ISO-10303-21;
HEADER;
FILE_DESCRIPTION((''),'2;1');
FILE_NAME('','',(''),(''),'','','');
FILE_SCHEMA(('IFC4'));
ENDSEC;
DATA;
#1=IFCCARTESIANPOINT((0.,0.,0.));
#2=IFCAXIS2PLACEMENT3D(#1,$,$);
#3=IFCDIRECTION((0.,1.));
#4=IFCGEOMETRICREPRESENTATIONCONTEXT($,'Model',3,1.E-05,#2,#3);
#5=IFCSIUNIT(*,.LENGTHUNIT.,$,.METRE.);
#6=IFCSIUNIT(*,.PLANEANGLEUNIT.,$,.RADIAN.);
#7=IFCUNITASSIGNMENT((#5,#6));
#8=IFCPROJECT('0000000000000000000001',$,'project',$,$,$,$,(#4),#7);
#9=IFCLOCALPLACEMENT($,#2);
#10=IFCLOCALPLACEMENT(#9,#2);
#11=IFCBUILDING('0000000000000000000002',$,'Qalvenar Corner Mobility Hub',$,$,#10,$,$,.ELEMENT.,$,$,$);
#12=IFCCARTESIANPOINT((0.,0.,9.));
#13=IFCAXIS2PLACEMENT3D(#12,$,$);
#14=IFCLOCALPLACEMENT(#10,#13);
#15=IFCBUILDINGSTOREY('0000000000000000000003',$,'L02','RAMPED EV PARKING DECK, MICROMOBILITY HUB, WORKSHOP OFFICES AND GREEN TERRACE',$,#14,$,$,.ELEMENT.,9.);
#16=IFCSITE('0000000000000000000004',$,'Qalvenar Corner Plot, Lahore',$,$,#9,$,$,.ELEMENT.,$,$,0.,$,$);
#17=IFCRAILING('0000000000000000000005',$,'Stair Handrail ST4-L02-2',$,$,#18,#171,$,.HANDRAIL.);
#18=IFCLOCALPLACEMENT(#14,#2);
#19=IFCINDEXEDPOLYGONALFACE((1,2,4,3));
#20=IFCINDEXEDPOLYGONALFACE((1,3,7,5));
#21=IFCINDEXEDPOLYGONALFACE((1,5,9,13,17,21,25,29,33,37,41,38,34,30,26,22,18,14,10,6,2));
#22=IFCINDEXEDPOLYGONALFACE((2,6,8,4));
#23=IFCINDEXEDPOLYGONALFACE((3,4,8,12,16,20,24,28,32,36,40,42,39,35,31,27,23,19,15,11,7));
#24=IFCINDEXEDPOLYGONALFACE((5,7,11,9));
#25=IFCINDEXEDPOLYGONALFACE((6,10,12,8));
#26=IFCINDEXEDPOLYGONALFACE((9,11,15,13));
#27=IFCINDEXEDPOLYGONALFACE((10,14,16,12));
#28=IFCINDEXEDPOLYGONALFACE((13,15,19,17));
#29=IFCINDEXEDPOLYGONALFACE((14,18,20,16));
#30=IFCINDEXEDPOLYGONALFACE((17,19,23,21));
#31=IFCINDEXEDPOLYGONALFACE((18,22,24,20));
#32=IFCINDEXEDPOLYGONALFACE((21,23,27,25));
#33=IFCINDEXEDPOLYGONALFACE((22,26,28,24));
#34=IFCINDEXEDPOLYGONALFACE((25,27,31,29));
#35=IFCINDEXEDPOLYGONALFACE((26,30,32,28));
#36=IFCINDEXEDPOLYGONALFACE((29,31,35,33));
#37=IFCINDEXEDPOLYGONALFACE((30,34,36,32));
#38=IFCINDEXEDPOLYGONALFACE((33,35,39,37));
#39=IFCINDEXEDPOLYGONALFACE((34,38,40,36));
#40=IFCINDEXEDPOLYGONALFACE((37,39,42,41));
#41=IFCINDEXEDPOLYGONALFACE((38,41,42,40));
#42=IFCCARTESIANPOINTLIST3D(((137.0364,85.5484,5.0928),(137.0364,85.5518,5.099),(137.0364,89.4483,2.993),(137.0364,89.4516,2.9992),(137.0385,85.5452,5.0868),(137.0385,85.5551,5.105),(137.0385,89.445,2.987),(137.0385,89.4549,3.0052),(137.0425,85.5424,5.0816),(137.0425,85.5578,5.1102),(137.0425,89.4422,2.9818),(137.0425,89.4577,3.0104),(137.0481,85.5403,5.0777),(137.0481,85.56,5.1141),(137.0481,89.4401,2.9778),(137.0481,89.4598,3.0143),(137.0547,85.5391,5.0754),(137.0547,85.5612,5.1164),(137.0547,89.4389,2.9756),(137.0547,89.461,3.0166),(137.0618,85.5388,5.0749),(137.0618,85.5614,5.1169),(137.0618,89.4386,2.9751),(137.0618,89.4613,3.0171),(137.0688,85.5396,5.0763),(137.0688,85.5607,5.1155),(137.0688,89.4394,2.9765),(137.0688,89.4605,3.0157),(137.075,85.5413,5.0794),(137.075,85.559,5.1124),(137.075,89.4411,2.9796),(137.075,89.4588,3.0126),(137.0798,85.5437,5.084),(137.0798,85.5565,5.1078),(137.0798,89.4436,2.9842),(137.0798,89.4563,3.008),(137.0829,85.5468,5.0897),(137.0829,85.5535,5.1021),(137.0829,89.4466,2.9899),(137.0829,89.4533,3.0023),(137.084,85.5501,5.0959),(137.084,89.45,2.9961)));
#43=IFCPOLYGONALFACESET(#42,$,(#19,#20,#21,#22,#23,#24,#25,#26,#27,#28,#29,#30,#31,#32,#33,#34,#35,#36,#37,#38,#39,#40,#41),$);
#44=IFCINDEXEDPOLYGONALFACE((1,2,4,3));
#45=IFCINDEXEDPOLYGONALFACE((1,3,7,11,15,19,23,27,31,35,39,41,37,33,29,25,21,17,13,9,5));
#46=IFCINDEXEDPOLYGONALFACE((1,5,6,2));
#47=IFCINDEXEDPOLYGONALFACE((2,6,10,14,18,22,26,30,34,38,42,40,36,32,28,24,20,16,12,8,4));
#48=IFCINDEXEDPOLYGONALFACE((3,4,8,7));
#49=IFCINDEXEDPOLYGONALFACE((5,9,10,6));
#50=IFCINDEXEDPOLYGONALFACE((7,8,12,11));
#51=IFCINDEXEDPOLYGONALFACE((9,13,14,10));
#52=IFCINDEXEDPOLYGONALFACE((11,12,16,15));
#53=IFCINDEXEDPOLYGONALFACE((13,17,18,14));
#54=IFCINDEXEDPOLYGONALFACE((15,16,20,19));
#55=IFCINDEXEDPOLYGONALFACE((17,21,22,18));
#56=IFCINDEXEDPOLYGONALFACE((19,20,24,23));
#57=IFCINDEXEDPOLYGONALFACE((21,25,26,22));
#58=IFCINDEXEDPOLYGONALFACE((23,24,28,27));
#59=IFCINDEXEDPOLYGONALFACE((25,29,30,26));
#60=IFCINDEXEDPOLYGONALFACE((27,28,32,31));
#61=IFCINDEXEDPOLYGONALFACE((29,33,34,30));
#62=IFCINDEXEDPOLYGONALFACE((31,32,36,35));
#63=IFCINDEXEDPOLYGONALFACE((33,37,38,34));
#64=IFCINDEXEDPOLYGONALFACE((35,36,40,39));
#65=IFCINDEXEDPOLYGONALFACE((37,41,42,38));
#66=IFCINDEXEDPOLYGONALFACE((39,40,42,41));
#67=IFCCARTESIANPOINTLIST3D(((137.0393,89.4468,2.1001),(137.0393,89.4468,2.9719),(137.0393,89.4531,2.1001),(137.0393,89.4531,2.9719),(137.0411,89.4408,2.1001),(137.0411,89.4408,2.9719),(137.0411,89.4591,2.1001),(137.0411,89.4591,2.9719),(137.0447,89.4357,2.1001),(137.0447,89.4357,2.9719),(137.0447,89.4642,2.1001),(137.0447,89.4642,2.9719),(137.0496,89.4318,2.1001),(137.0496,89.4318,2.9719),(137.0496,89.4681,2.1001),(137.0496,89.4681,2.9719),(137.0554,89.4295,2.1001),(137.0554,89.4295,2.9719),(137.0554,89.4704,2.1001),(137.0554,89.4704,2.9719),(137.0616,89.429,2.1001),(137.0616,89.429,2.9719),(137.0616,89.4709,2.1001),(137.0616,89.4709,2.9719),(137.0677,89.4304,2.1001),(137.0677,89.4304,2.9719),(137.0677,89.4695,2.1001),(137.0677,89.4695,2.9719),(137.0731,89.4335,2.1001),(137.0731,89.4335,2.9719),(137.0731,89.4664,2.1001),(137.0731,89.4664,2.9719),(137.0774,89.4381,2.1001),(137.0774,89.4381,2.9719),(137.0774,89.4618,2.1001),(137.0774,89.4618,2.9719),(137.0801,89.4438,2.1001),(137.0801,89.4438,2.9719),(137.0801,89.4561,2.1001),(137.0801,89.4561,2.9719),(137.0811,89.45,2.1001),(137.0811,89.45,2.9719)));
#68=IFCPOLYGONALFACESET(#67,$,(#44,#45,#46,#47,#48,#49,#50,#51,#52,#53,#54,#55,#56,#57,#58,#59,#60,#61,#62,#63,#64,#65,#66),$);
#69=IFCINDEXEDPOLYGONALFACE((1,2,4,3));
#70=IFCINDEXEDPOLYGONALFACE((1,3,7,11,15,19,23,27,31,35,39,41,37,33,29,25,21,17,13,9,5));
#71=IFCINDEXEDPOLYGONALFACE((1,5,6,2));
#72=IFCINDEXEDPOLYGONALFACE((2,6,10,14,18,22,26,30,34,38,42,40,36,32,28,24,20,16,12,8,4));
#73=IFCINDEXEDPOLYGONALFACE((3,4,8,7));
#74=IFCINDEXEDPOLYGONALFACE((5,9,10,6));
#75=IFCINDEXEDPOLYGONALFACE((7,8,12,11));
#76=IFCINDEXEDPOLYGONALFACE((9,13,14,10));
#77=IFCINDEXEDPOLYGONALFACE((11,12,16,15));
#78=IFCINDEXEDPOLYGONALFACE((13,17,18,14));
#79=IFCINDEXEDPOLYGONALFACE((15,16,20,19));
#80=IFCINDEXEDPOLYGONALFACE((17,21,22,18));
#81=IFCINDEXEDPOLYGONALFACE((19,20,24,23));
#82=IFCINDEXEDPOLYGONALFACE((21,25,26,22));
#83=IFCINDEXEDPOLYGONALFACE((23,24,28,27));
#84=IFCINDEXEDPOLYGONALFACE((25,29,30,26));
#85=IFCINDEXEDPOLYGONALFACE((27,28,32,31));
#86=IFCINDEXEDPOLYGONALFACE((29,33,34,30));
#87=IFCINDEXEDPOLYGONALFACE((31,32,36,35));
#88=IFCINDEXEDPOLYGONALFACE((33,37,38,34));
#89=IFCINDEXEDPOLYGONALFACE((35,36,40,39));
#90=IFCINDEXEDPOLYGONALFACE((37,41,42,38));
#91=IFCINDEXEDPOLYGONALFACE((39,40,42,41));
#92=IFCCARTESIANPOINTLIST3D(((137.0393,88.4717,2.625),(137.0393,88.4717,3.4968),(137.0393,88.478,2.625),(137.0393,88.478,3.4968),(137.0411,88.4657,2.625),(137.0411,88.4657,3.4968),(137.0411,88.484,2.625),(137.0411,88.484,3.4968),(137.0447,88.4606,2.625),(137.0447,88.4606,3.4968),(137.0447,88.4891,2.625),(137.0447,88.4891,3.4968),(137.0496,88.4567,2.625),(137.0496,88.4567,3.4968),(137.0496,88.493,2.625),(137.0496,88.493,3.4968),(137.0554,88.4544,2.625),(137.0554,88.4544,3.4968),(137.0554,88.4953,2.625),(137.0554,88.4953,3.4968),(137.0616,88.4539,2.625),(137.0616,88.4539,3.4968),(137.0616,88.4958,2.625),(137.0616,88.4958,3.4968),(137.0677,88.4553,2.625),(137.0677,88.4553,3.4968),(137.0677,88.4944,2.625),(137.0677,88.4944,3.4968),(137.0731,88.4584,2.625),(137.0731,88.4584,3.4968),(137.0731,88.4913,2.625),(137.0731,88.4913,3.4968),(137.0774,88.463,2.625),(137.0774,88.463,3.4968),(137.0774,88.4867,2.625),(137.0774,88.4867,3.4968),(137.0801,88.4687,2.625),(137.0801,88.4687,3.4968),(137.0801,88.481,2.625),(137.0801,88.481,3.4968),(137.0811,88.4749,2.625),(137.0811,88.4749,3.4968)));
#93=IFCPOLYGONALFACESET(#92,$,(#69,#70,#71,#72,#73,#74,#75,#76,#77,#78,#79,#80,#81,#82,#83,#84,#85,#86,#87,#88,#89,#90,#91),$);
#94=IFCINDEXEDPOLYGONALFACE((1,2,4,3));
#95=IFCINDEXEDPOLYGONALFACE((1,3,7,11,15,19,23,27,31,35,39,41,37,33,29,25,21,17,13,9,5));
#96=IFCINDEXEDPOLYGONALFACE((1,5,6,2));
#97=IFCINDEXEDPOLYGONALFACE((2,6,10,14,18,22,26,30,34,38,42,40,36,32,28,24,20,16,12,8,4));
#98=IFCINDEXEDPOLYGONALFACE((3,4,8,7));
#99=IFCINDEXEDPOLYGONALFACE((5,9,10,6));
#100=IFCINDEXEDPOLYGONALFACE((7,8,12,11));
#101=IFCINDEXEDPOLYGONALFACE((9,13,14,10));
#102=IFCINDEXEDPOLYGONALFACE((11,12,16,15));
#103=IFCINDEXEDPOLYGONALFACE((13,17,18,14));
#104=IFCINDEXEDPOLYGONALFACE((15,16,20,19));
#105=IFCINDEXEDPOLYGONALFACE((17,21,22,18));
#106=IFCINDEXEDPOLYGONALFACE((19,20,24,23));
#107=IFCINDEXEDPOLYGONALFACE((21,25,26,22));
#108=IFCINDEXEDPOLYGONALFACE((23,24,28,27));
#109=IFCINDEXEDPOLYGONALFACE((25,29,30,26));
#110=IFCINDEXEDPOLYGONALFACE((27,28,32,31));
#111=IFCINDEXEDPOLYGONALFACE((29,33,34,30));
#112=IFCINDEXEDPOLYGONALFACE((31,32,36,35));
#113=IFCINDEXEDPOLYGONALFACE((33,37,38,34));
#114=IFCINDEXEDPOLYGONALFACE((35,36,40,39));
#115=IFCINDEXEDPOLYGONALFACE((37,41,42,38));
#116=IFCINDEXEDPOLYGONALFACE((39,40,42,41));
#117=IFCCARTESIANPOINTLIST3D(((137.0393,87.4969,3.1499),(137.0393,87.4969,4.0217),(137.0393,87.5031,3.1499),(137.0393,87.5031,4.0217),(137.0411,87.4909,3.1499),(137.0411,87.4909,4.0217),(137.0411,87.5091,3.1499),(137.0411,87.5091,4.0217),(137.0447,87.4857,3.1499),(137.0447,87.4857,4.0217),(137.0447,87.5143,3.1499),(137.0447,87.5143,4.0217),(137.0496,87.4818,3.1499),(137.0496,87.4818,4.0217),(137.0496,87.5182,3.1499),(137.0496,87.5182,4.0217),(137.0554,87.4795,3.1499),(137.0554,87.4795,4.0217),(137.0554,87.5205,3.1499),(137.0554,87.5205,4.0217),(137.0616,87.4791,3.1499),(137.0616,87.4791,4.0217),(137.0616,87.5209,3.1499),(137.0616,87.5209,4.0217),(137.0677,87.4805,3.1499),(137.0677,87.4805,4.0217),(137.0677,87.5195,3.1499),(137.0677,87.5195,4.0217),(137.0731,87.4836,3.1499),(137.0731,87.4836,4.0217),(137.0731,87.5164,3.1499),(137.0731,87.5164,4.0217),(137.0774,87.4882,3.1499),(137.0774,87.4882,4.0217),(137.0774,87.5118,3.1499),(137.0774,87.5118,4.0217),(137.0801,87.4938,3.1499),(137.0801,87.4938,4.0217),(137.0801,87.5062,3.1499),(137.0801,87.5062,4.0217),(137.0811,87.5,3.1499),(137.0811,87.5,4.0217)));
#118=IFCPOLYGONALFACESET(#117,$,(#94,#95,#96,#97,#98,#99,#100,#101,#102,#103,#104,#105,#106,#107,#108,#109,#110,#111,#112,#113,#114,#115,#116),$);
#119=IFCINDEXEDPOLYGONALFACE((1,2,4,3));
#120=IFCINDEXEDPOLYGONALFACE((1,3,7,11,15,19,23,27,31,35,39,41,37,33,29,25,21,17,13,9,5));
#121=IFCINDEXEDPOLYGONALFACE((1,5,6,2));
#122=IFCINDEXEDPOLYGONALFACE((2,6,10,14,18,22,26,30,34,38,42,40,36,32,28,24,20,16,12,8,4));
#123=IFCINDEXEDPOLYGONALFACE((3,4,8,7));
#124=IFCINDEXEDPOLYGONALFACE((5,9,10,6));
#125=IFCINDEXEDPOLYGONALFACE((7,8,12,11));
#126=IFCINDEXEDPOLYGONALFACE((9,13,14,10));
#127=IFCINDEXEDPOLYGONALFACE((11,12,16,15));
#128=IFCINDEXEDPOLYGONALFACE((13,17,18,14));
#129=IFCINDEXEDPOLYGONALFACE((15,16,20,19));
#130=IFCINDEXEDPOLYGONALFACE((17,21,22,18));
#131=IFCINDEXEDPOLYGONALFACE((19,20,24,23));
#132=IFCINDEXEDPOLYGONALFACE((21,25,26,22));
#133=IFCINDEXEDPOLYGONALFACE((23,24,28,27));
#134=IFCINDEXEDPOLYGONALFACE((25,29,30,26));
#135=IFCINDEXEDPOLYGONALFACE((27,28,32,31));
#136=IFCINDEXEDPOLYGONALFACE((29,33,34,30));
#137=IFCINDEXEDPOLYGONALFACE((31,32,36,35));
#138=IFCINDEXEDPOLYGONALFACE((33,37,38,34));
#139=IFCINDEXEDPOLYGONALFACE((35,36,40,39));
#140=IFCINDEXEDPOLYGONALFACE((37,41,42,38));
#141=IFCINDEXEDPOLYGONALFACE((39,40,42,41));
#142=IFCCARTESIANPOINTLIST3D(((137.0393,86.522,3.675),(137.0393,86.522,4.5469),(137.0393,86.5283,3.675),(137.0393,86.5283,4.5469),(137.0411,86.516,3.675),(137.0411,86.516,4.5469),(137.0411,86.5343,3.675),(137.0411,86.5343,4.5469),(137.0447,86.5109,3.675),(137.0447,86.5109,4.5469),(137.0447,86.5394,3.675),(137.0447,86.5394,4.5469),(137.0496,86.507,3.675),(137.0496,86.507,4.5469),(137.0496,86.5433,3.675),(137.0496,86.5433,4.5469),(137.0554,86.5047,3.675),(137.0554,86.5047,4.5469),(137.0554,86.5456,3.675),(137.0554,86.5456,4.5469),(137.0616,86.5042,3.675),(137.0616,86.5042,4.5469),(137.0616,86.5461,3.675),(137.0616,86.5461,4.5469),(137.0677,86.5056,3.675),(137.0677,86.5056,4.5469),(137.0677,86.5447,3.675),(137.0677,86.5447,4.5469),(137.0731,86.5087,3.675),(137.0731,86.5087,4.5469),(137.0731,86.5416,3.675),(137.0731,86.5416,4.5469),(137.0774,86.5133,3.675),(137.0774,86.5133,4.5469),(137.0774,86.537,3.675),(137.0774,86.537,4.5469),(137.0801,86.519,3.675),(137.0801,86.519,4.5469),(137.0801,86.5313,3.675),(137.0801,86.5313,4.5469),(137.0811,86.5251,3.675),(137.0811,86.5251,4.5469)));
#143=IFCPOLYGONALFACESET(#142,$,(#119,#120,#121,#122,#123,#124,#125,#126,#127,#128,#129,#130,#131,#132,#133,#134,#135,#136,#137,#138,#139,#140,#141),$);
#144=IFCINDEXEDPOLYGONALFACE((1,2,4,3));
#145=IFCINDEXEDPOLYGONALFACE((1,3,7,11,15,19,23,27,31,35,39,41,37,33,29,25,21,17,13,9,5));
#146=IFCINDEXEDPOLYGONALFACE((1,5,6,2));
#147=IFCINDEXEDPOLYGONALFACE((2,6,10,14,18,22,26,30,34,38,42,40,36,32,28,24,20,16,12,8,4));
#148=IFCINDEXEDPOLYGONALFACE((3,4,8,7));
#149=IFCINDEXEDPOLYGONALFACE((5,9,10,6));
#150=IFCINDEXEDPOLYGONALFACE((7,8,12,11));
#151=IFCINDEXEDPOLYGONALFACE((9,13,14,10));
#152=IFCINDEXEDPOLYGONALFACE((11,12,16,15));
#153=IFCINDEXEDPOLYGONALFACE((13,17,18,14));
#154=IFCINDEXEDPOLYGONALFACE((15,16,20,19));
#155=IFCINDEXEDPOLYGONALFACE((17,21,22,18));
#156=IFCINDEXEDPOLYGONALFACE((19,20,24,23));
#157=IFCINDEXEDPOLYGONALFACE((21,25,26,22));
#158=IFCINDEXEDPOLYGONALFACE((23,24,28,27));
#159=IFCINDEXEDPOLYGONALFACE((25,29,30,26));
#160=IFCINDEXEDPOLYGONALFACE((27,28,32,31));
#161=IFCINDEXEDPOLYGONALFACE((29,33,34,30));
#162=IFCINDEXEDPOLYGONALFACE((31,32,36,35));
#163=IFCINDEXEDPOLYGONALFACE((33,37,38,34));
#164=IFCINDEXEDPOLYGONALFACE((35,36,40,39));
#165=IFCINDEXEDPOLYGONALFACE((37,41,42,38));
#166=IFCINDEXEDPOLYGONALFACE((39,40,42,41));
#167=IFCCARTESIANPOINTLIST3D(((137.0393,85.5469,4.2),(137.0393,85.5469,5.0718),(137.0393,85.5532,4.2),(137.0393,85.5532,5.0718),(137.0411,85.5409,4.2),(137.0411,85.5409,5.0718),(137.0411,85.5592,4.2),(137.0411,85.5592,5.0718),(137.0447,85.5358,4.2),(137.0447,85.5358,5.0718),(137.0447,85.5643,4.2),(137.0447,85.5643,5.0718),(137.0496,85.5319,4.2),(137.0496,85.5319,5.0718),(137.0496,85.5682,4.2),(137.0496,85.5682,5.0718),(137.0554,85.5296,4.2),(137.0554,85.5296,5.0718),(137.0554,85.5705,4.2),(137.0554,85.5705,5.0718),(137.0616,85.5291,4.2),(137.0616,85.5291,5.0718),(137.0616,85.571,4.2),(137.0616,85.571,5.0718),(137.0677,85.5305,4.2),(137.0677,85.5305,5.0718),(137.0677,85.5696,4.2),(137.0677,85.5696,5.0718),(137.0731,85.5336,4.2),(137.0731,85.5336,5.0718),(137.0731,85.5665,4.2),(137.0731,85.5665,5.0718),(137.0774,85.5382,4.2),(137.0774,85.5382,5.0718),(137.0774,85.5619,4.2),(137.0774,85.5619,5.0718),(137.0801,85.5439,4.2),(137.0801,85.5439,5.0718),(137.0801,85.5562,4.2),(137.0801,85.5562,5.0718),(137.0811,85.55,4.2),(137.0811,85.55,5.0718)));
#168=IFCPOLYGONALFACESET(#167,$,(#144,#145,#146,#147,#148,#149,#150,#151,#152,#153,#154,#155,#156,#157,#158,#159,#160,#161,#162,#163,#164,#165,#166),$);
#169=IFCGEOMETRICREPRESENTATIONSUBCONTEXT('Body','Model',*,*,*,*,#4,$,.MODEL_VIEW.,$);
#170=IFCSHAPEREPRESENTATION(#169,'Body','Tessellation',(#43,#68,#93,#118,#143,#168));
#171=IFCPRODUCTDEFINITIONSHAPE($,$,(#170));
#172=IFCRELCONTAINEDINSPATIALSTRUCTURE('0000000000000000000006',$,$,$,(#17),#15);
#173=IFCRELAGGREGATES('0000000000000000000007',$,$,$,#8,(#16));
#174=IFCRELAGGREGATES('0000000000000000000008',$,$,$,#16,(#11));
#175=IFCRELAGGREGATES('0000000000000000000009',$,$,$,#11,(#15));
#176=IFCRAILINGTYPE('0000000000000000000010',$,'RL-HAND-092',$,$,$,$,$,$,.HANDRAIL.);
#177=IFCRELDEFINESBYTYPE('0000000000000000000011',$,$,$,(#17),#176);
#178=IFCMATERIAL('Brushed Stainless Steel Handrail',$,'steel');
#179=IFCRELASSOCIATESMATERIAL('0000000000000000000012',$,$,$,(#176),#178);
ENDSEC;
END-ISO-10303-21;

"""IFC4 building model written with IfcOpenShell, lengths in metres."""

from ifc_helpers import new_model, si_unit, direction, frame, origin, origin_2d, place, context, subcontext, project, spatial, circle, extrude, material, type_object, element, save


model = new_model("IFC4")

# Units and contexts
model_context = context("Model", 3, precision=1e-05, world=origin(), true_north=direction((0.0, 1.0)))
body_context = subcontext(model_context, "Body", "Model", "MODEL_VIEW")
ifc_project = project(units=[si_unit("LENGTHUNIT", "METRE"), si_unit("PLANEANGLEUNIT", "RADIAN")], contexts=[model_context])

# Site, building, storey
site_placement = place(None, origin())
site = spatial("IfcSite", under=ifc_project, at=site_placement, Name="Qalvenar Corner Plot, Lahore", CompositionType="ELEMENT", RefElevation=0.0)
building_placement = place(site_placement, origin())
building = spatial("IfcBuilding", under=site, at=building_placement, Name="Qalvenar Corner Mobility Hub", CompositionType="ELEMENT")
storey_placement = place(building_placement, frame((0.0, 0.0, 9.0)))
storey = spatial("IfcBuildingStorey", under=building, at=storey_placement, Name="L02", Description="RAMPED EV PARKING DECK, MICROMOBILITY HUB, WORKSHOP OFFICES AND GREEN TERRACE", CompositionType="ELEMENT", Elevation=9.0)

# Railing
ifc_material_1 = material(Name="Brushed Stainless Steel Handrail", Category="steel")
railing_type_1 = type_object("IfcRailingType", Name="RL-HAND-092", PredefinedType="HANDRAIL", material=ifc_material_1)
railing_1_placement = place(storey_placement, frame((137.0601, 89.45, 2.1001)))
element("IfcRailing", 1, at=railing_1_placement, inside=storey, type_object=railing_type_1, Name="Stair Handrail ST4-L02-2", PredefinedType="HANDRAIL", context=body_context, shape_type="SweptSolid", body=[
    extrude(circle(Radius=0.0239, at=origin_2d()), frame((0.0, 0.0, 0.896), z_axis=(0.0, -0.88048, 0.474083), x_axis=(1.0, 0.0, 0.0)), (0.0, 0.0, 1.0), 4.4292),
    extrude(circle(Radius=0.021, at=origin_2d()), origin(), (0.0, 0.0, 1.0), 0.8718),
    extrude(circle(Radius=0.021, at=origin_2d()), frame((0.0, -0.9751, 0.5249)), (0.0, 0.0, 1.0), 0.8718),
    extrude(circle(Radius=0.021, at=origin_2d()), frame((0.0, -1.95, 1.0498)), (0.0, 0.0, 1.0), 0.8718),
    extrude(circle(Radius=0.021, at=origin_2d()), frame((0.0, -2.9248, 1.575)), (0.0, 0.0, 1.0), 0.8718),
    extrude(circle(Radius=0.021, at=origin_2d()), frame((0.0, -3.8999, 2.0999)), (0.0, 0.0, 1.0), 0.8718),
])

save(model, "model.ifc")
